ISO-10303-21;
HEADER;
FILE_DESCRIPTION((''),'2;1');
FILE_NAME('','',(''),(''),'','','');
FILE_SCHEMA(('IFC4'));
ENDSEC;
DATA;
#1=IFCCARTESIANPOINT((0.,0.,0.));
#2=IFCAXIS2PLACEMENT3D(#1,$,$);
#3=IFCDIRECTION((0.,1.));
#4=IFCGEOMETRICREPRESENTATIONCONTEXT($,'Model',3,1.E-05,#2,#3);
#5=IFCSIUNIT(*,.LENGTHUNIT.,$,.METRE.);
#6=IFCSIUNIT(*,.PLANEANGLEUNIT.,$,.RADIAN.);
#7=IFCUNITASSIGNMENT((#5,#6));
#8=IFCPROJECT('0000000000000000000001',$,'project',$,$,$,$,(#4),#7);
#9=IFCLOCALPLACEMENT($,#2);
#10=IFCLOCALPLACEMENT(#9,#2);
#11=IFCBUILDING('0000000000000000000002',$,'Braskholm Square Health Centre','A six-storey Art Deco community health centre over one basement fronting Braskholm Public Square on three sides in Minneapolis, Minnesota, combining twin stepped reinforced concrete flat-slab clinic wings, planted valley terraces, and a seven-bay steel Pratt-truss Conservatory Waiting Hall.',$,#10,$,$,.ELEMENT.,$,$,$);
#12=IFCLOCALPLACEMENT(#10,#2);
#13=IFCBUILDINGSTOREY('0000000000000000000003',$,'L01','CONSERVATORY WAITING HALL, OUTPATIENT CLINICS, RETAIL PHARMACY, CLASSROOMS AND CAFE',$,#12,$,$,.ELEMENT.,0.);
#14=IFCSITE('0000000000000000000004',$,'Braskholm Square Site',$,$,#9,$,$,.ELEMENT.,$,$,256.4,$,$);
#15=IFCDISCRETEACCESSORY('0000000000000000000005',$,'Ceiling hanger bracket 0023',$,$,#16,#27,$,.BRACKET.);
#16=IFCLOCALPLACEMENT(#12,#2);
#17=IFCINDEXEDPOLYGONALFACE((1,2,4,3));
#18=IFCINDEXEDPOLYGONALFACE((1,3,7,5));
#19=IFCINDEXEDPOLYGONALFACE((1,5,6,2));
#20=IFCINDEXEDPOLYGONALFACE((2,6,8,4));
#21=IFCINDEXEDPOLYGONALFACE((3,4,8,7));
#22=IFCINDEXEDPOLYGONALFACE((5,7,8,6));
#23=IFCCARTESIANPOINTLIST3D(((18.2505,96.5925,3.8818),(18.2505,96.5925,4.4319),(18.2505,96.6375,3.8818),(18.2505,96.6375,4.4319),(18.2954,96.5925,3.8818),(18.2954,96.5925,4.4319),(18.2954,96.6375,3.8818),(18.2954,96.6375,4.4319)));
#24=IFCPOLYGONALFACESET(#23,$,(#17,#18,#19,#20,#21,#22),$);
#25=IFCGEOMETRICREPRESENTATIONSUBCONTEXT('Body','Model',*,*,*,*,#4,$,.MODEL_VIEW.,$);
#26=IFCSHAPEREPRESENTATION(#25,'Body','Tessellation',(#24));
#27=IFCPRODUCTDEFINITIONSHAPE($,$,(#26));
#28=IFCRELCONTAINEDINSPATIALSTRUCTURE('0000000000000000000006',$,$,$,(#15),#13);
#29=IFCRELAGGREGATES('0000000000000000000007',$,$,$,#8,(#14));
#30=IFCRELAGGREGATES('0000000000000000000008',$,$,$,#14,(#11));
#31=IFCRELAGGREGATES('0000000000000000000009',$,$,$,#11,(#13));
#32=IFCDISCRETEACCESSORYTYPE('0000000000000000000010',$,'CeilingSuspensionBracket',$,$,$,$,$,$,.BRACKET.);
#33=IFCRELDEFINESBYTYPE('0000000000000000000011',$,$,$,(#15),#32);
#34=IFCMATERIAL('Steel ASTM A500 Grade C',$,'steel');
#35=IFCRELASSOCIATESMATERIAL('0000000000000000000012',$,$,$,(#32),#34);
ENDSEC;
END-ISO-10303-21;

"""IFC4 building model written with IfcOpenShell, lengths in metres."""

from ifc_helpers import new_model, si_unit, direction, frame, origin, origin_2d, place, context, subcontext, project, spatial, rectangle, extrude, material, type_object, element, save


model = new_model("IFC4")

# Units and contexts
model_context = context("Model", 3, precision=1e-05, world=origin(), true_north=direction((0.0, 1.0)))
body_context = subcontext(model_context, "Body", "Model", "MODEL_VIEW")
ifc_project = project(units=[si_unit("LENGTHUNIT", "METRE"), si_unit("PLANEANGLEUNIT", "RADIAN")], contexts=[model_context])

# Site, building, storey
site_placement = place(None, origin())
site = spatial("IfcSite", under=ifc_project, at=site_placement, Name="Braskholm Square Site", CompositionType="ELEMENT", RefElevation=256.4)
building_placement = place(site_placement, origin())
building = spatial("IfcBuilding", under=site, at=building_placement, Name="Braskholm Square Health Centre", Description="A six-storey Art Deco community health centre over one basement fronting Braskholm Public Square on three sides in Minneapolis, Minnesota, combining twin stepped reinforced concrete flat-slab clinic wings, planted valley terraces, and a seven-bay steel Pratt-truss Conservatory Waiting Hall.", CompositionType="ELEMENT")
storey_placement = place(building_placement, origin())
storey = spatial("IfcBuildingStorey", under=building, at=storey_placement, Name="L01", Description="CONSERVATORY WAITING HALL, OUTPATIENT CLINICS, RETAIL PHARMACY, CLASSROOMS AND CAFE", CompositionType="ELEMENT", Elevation=0.0)

# Discrete accessory
ifc_material_1 = material(Name="Steel ASTM A500 Grade C", Category="steel")
discrete_accessory_type = type_object("IfcDiscreteAccessoryType", Name="CeilingSuspensionBracket", PredefinedType="BRACKET", material=ifc_material_1)
discrete_accessory_placement = place(storey_placement, frame((18.2729, 96.615, 3.8818), z_axis=(0.0, 0.0, 1.0), x_axis=(1.0, 0.0, 0.0)))
element("IfcDiscreteAccessory", 1, at=discrete_accessory_placement, inside=storey, type_object=discrete_accessory_type, Name="Ceiling hanger bracket 0023", PredefinedType="BRACKET", context=body_context, shape_type="SweptSolid", body=[
    extrude(rectangle(XDim=0.0449, YDim=0.0449, at=origin_2d()), origin(), (0.0, 0.0, 1.0), 0.55),
])

save(model, "model.ifc")
